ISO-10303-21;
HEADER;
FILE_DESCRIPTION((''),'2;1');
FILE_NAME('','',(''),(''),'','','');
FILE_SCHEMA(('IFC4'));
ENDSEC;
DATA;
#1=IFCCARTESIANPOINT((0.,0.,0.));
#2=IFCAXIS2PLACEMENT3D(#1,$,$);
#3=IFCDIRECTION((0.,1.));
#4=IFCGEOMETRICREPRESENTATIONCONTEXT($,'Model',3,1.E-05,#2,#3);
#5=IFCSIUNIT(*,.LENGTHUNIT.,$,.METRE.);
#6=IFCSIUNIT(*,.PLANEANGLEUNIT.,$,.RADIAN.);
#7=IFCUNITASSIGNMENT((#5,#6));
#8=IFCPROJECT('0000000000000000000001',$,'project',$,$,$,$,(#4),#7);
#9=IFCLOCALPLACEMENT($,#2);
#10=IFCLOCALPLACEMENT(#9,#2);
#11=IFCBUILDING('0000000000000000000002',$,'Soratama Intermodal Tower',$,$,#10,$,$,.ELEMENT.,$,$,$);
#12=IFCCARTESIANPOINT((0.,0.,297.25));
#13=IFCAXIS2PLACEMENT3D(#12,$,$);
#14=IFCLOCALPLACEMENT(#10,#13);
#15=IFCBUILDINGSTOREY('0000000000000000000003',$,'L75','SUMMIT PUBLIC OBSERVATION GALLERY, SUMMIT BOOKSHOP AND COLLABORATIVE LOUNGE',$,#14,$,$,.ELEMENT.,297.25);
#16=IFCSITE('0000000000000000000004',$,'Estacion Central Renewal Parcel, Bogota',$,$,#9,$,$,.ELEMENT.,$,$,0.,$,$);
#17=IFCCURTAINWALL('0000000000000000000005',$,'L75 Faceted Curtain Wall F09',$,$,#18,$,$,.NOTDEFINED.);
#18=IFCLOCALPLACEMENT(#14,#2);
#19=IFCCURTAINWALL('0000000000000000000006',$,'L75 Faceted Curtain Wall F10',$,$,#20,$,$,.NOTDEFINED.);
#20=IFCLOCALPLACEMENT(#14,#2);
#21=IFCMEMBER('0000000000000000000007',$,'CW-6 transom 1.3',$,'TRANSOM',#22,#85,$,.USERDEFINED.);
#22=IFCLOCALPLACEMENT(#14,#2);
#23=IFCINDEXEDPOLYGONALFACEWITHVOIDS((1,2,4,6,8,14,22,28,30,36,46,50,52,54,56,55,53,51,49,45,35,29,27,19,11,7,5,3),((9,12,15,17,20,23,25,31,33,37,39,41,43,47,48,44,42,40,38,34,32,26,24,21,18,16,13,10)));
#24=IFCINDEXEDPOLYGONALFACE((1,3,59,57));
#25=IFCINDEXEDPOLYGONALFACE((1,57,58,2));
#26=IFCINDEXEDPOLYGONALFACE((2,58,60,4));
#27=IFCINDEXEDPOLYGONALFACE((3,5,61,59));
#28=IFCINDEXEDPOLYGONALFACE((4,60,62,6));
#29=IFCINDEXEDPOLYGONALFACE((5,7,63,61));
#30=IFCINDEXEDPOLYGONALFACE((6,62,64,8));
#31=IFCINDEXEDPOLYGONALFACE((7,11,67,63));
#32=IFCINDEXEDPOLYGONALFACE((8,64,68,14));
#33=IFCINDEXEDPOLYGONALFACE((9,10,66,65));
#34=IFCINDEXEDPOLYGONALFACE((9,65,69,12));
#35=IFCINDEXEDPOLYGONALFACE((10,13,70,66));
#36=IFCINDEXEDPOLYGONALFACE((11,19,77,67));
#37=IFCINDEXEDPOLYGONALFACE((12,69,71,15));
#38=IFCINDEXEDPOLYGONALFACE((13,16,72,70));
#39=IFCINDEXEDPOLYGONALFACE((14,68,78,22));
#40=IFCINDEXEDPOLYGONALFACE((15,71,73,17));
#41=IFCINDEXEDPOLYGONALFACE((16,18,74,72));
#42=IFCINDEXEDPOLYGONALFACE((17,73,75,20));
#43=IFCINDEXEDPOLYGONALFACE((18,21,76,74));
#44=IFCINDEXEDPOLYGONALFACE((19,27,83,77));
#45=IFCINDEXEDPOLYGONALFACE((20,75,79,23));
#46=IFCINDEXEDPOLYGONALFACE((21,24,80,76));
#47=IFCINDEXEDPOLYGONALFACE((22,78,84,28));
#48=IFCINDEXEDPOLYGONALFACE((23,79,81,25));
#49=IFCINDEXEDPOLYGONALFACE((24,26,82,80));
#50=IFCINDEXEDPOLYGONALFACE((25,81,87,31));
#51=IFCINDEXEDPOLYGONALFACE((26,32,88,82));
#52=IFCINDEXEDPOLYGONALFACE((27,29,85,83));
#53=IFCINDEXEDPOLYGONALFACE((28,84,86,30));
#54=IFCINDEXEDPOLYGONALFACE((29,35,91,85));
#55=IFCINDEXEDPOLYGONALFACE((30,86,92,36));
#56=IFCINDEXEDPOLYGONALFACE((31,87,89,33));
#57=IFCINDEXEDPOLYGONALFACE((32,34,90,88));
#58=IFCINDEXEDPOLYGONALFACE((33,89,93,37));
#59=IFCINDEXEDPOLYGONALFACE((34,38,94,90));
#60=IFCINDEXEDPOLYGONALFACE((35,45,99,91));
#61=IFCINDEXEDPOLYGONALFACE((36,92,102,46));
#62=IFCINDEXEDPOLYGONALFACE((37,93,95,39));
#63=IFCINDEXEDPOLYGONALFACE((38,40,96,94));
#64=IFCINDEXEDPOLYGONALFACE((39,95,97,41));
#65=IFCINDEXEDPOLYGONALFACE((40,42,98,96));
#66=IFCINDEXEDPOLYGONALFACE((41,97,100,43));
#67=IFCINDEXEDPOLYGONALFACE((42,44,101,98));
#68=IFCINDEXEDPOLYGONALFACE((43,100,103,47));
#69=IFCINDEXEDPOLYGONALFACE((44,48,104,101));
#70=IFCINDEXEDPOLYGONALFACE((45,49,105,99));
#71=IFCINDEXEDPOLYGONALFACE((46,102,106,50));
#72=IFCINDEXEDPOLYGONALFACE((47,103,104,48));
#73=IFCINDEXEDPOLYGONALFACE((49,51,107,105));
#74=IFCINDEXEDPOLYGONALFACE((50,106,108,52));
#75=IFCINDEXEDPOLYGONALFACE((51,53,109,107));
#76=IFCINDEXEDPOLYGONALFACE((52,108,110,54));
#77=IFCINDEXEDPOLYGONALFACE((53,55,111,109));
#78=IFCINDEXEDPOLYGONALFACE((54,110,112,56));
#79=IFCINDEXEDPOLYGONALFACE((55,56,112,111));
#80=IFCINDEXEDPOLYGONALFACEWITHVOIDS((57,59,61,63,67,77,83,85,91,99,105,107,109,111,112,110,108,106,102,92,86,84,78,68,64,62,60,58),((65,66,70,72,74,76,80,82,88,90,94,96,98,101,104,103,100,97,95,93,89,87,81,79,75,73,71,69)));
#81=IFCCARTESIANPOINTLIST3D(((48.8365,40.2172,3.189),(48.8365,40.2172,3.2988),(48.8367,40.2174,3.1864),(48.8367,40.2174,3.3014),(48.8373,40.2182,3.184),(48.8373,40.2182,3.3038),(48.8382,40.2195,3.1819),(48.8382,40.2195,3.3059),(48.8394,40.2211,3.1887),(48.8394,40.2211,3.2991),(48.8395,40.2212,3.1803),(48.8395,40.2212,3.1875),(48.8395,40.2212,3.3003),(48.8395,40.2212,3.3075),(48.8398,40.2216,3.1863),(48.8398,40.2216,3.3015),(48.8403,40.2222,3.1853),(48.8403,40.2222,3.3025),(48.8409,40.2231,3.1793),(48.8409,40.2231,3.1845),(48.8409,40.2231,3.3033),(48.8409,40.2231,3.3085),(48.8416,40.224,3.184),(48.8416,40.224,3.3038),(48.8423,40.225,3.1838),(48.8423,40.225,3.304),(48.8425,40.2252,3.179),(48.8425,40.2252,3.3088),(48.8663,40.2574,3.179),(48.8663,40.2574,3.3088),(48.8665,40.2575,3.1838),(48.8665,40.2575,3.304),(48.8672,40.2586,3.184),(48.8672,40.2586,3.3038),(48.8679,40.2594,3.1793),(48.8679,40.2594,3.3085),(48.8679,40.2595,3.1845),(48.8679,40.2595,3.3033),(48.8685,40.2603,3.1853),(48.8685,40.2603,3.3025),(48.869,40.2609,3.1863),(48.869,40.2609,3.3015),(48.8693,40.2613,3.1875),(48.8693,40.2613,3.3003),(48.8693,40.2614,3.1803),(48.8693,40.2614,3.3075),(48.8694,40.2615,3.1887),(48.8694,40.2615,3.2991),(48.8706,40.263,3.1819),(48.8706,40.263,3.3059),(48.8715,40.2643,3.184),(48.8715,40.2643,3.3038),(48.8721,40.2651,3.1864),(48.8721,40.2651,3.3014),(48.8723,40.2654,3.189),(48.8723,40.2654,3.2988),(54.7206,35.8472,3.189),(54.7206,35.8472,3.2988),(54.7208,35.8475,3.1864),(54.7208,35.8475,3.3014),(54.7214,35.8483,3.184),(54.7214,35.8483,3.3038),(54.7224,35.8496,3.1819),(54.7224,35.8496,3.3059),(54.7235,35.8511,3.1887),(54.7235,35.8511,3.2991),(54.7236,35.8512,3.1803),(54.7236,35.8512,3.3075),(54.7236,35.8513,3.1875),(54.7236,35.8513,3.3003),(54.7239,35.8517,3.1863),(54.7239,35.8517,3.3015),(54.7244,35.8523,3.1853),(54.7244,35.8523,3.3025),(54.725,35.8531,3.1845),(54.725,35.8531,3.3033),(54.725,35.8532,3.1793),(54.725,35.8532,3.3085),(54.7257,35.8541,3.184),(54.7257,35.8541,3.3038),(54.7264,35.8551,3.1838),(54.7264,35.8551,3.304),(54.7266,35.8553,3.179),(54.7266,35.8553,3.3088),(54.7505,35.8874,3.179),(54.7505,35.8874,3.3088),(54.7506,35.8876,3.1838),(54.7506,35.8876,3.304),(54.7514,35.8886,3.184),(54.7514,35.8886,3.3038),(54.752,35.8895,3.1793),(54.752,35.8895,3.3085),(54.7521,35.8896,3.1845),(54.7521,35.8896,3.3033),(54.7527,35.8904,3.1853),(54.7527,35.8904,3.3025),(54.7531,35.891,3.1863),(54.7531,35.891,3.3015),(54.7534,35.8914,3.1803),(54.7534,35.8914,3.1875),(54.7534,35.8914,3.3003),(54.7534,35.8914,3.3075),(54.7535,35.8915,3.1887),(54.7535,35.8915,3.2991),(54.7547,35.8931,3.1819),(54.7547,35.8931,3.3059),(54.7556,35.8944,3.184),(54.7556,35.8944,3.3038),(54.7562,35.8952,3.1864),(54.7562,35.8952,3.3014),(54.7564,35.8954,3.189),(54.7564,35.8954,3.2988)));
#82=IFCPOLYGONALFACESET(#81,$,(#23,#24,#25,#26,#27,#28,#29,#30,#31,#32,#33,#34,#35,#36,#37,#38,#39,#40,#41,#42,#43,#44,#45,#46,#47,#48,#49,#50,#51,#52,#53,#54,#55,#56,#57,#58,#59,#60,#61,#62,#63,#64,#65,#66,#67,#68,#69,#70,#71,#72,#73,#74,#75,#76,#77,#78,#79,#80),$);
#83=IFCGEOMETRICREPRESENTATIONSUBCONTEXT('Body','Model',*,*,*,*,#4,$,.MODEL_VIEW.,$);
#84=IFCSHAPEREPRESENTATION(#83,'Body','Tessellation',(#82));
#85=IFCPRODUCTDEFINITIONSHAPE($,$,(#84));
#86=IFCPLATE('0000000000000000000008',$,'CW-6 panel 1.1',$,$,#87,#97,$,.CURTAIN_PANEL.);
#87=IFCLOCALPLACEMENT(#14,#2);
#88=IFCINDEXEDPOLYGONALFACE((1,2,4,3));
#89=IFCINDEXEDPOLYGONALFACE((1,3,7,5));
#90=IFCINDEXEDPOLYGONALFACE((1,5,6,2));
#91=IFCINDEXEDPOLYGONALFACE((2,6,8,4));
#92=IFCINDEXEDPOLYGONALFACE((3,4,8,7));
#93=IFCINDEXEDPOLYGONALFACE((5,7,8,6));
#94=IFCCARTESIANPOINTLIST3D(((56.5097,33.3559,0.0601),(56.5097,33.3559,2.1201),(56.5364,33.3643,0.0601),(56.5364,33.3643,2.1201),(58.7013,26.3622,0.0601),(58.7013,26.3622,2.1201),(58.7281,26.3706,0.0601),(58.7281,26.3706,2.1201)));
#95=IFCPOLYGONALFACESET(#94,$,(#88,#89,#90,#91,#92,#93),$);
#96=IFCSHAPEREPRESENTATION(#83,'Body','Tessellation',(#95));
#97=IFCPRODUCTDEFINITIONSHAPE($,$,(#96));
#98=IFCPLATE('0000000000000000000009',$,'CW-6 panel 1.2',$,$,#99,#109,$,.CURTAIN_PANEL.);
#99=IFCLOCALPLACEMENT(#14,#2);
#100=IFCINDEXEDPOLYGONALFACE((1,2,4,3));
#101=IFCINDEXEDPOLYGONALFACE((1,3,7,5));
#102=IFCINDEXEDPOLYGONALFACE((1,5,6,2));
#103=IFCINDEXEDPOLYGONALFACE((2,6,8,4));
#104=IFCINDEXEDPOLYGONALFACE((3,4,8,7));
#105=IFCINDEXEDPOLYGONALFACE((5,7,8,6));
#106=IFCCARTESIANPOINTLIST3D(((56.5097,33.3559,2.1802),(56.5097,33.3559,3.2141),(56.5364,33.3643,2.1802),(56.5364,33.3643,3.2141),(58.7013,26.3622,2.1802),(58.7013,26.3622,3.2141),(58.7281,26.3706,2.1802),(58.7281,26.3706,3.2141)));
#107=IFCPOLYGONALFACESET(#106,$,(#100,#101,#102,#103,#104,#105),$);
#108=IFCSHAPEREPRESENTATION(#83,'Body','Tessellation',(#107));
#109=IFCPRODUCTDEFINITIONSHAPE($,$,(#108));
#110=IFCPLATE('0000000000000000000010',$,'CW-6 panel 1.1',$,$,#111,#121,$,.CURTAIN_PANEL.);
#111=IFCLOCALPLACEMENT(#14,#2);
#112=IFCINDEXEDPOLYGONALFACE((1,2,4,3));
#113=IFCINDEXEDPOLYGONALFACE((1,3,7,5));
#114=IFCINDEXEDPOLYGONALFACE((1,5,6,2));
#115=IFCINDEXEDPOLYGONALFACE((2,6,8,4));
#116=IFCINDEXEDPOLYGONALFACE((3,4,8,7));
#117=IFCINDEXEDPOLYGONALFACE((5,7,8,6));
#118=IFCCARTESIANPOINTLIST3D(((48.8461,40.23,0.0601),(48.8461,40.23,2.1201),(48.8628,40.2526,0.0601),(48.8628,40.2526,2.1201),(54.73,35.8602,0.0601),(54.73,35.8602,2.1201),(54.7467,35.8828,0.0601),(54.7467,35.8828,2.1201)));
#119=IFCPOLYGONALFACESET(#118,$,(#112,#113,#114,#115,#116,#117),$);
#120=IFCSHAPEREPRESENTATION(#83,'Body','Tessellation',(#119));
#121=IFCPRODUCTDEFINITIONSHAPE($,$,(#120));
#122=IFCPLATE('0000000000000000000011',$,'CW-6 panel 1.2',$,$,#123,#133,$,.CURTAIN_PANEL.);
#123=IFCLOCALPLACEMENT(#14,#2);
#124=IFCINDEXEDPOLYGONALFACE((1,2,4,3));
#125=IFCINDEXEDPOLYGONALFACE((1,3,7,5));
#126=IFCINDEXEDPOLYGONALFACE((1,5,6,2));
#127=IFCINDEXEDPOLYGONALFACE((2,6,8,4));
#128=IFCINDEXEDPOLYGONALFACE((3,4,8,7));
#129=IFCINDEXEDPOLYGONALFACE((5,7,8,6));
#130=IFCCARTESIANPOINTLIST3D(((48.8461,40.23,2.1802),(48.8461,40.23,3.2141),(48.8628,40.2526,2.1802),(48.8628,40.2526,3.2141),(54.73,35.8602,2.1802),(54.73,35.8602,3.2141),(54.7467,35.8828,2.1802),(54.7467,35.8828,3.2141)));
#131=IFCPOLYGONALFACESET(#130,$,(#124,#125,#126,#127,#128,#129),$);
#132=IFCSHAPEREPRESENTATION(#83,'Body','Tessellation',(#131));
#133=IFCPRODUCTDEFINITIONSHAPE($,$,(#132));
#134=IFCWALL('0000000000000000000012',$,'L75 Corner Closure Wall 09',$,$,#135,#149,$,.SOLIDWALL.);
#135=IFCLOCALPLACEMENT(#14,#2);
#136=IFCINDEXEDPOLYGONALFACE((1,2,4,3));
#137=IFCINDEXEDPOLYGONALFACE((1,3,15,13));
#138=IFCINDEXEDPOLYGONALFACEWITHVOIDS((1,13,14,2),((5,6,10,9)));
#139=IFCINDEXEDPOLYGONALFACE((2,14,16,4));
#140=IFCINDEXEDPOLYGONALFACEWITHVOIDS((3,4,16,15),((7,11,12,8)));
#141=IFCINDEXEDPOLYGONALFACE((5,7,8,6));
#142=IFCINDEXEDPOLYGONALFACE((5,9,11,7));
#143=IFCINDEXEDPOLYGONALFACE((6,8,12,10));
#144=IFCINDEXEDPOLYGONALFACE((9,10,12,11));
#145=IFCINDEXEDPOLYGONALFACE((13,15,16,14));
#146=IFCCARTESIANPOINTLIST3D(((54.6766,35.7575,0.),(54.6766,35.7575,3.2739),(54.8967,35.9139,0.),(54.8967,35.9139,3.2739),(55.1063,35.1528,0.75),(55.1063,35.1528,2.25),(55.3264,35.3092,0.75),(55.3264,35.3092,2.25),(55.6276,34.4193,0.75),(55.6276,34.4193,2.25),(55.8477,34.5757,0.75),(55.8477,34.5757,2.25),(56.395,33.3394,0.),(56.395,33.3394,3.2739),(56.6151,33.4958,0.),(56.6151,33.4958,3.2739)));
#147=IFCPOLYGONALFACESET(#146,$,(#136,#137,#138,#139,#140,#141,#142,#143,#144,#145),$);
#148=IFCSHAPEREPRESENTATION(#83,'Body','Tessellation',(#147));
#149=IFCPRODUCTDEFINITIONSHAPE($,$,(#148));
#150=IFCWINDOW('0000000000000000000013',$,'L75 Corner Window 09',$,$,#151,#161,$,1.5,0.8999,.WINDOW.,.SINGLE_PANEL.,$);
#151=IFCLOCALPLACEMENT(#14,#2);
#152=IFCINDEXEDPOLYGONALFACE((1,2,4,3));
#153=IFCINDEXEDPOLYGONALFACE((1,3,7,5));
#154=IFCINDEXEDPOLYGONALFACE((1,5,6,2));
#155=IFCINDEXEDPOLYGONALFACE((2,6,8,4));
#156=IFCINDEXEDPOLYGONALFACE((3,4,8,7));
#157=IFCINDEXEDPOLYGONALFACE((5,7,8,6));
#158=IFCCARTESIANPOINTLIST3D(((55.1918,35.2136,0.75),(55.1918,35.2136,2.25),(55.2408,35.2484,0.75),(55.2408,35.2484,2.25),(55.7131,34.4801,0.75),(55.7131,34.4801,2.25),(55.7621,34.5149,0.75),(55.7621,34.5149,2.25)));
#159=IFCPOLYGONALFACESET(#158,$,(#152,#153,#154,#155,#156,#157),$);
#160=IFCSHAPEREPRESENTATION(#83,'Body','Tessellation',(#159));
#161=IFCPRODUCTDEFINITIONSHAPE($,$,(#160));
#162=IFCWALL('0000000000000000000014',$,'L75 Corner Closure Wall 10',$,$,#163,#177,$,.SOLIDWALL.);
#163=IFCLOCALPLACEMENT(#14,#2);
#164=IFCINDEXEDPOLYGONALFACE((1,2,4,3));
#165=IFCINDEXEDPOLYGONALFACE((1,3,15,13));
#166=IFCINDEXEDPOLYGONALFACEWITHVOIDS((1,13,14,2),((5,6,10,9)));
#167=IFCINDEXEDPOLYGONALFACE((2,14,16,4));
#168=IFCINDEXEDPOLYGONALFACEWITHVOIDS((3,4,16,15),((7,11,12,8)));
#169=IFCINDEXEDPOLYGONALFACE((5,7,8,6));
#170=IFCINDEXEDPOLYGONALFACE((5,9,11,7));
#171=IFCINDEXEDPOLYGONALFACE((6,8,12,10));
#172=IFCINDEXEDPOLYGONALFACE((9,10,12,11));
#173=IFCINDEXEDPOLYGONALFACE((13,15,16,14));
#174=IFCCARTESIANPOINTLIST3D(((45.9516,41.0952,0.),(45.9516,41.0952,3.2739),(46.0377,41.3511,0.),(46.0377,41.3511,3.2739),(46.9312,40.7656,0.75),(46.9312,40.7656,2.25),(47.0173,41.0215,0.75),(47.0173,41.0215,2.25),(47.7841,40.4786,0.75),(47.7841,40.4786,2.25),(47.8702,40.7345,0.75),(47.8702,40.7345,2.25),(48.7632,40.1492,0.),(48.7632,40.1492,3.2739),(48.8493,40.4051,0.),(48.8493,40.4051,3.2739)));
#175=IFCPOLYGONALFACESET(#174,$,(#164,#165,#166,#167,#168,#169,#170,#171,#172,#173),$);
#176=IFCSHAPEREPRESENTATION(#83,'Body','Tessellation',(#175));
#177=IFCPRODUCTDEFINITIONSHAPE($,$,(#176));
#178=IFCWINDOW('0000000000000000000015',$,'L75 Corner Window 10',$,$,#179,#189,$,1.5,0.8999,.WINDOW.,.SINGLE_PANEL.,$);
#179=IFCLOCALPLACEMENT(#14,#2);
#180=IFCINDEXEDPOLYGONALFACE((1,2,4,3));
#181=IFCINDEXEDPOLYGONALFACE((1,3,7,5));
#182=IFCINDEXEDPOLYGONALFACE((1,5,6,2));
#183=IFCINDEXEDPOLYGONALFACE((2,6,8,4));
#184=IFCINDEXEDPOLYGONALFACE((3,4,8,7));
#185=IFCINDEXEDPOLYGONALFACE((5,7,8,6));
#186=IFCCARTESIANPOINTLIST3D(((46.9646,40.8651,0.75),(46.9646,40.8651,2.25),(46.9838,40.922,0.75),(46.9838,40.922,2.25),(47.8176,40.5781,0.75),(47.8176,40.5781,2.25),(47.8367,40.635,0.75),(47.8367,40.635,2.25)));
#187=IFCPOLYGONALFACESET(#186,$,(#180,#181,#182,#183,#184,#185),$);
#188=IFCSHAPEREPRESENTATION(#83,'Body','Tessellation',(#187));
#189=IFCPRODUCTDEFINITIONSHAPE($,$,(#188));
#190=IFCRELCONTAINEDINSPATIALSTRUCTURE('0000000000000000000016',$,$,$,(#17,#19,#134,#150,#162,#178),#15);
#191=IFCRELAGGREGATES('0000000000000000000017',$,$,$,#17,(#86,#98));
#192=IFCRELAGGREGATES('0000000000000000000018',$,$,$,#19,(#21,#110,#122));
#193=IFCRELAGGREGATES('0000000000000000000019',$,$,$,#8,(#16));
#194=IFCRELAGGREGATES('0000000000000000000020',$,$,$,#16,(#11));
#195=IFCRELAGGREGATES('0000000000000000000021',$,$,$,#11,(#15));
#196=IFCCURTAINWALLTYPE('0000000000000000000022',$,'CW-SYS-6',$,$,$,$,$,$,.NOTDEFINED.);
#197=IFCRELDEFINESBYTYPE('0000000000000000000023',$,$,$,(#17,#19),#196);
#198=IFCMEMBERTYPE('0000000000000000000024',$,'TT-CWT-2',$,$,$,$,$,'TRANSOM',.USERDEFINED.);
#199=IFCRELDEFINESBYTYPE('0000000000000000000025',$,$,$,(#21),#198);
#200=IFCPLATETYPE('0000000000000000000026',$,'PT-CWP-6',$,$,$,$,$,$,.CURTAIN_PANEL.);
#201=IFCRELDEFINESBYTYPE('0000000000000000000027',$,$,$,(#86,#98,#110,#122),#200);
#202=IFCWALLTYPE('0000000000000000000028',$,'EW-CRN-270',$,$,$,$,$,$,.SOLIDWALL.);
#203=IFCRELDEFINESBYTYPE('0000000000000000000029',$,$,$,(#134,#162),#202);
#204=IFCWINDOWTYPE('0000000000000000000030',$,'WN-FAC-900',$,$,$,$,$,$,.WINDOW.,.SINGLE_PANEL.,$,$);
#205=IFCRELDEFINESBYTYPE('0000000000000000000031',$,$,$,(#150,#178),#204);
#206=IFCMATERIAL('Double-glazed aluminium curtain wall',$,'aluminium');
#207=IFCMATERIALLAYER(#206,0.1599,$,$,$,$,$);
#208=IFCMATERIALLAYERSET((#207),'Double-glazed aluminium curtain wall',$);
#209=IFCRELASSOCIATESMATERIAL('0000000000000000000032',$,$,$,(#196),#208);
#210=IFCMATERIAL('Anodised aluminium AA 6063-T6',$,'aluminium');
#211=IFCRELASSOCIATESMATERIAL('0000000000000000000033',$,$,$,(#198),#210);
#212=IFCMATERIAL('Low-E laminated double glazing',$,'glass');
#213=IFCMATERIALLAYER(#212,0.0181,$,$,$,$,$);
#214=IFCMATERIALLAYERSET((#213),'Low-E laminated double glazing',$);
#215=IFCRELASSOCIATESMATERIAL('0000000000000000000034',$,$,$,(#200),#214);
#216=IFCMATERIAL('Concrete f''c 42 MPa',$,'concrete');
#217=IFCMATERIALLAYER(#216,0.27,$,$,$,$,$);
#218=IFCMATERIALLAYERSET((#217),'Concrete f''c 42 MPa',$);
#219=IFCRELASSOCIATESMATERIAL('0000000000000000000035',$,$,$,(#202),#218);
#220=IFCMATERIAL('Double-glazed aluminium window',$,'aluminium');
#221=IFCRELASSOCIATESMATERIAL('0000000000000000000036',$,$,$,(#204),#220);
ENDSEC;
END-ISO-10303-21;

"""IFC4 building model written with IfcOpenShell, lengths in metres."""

from ifc_helpers import new_model, si_unit, direction, frame, frame_2d, origin, origin_2d, place, context, subcontext, project, spatial, rectangle, hollow_rectangle, extrude, material, layer, layer_set, material_profile, profile_set, type_object, element, fill, aggregate, save


model = new_model("IFC4")

# Units and contexts
model_context = context("Model", 3, precision=1e-05, world=origin(), true_north=direction((0.0, 1.0)))
body_context = subcontext(model_context, "Body", "Model", "MODEL_VIEW")
ifc_project = project(units=[si_unit("LENGTHUNIT", "METRE"), si_unit("PLANEANGLEUNIT", "RADIAN")], contexts=[model_context])

# Site, building, storey
site_placement = place(None, origin())
site = spatial("IfcSite", under=ifc_project, at=site_placement, Name="Estacion Central Renewal Parcel, Bogota", CompositionType="ELEMENT", RefElevation=0.0)
building_placement = place(site_placement, origin())
building = spatial("IfcBuilding", under=site, at=building_placement, Name="Soratama Intermodal Tower", CompositionType="ELEMENT")
storey_placement = place(building_placement, frame((0.0, 0.0, 297.25)))
storey = spatial("IfcBuildingStorey", under=building, at=storey_placement, Name="L75", Description="SUMMIT PUBLIC OBSERVATION GALLERY, SUMMIT BOOKSHOP AND COLLABORATIVE LOUNGE", CompositionType="ELEMENT", Elevation=297.25)

# Shared definitions
ifc_material_1 = material(Name="Double-glazed aluminium curtain wall", Category="aluminium")
ifc_layer_1 = layer(ifc_material_1, 0.1599)
ifc_layer_set_1 = layer_set([ifc_layer_1], Name="Double-glazed aluminium curtain wall")
curtain_wall_type = type_object("IfcCurtainWallType", Name="CW-SYS-6", PredefinedType="NOTDEFINED", material=ifc_layer_set_1)

# Curtain walls
curtain_wall_1_placement = place(storey_placement, origin())
curtain_wall_1 = element("IfcCurtainWall", 1, at=curtain_wall_1_placement, inside=storey, type_object=curtain_wall_type, Name="L75 Faceted Curtain Wall F09", PredefinedType="NOTDEFINED")
curtain_wall_2_placement = place(storey_placement, origin())
curtain_wall_2 = element("IfcCurtainWall", 2, at=curtain_wall_2_placement, inside=storey, type_object=curtain_wall_type, Name="L75 Faceted Curtain Wall F10", PredefinedType="NOTDEFINED")

# Member
ifc_material_2 = material(Name="Anodised aluminium AA 6063-T6", Category="aluminium")
ifc_material_profile_1 = material_profile(ifc_material_2, hollow_rectangle(XDim=0.0601, YDim=0.1299, WallThickness=0.0049, InnerFilletRadius=0.0049, OuterFilletRadius=0.01, at=origin_2d()), Name="CWT130X60X5")
ifc_profile_set_1 = profile_set([ifc_material_profile_1], Name="Anodised aluminium AA 6063-T6")
member_type_1 = type_object("IfcMemberType", Name="TT-CWT-2", ElementType="TRANSOM", PredefinedType="USERDEFINED", material=ifc_profile_set_1)
member_1_placement = place(storey_placement, frame((54.7385, 35.8713, 3.2439), z_axis=(-0.802817, 0.596225, 0.0), x_axis=(-0.596225, -0.802817, 0.0)))
member_1 = element("IfcMember", 3, at=member_1_placement, type_object=member_type_1, Name="CW-6 transom 1.3", ObjectType="TRANSOM", PredefinedType="USERDEFINED", context=body_context, shape_type="SweptSolid", body=[
    extrude(hollow_rectangle(XDim=0.0601, YDim=0.1299, WallThickness=0.0049, InnerFilletRadius=0.0049, OuterFilletRadius=0.01, at=origin_2d()), origin(), (0.0, 0.0, 1.0), 7.3293),
])

# Plates
ifc_material_3 = material(Name="Low-E laminated double glazing", Category="glass")
ifc_layer_2 = layer(ifc_material_3, 0.0181)
ifc_layer_set_2 = layer_set([ifc_layer_2], Name="Low-E laminated double glazing")
plate_type = type_object("IfcPlateType", Name="PT-CWP-6", PredefinedType="CURTAIN_PANEL", material=ifc_layer_set_2)
plate_1_placement = place(storey_placement, frame((57.6189, 29.8633, 0.0601), z_axis=(0.0, 0.0, 1.0), x_axis=(-0.29904, 0.954241, 0.0)))
plate_1 = element("IfcPlate", 4, at=plate_1_placement, type_object=plate_type, Name="CW-6 panel 1.1", PredefinedType="CURTAIN_PANEL", context=body_context, shape_type="SweptSolid", body=[
    extrude(rectangle(XDim=7.3291, YDim=0.0281, at=origin_2d()), origin(), (0.0, 0.0, 1.0), 2.0601),
])
plate_2_placement = place(storey_placement, frame((57.6189, 29.8633, 2.1802), z_axis=(0.0, 0.0, 1.0), x_axis=(-0.29904, 0.954241, 0.0)))
plate_2 = element("IfcPlate", 5, at=plate_2_placement, type_object=plate_type, Name="CW-6 panel 1.2", PredefinedType="CURTAIN_PANEL", context=body_context, shape_type="SweptSolid", body=[
    extrude(rectangle(XDim=7.3291, YDim=0.0281, at=origin_2d()), origin(), (0.0, 0.0, 1.0), 1.0339),
])
aggregate(curtain_wall_1, [plate_1, plate_2])
plate_3_placement = place(storey_placement, frame((51.7964, 38.0564, 0.0601), z_axis=(0.0, 0.0, 1.0), x_axis=(-0.802815, 0.596228, 0.0)))
plate_3 = element("IfcPlate", 6, at=plate_3_placement, type_object=plate_type, Name="CW-6 panel 1.1", PredefinedType="CURTAIN_PANEL", context=body_context, shape_type="SweptSolid", body=[
    extrude(rectangle(XDim=7.3291, YDim=0.0281, at=origin_2d()), origin(), (0.0, 0.0, 1.0), 2.0601),
])
plate_4_placement = place(storey_placement, frame((51.7964, 38.0564, 2.1802), z_axis=(0.0, 0.0, 1.0), x_axis=(-0.802815, 0.596228, 0.0)))
plate_4 = element("IfcPlate", 7, at=plate_4_placement, type_object=plate_type, Name="CW-6 panel 1.2", PredefinedType="CURTAIN_PANEL", context=body_context, shape_type="SweptSolid", body=[
    extrude(rectangle(XDim=7.3291, YDim=0.0281, at=origin_2d()), origin(), (0.0, 0.0, 1.0), 1.0339),
])
aggregate(curtain_wall_2, [member_1, plate_3, plate_4])

# Walls, openings, windows
ifc_material_4 = material(Name="Concrete f'c 42 MPa", Category="concrete")
ifc_layer_3 = layer(ifc_material_4, 0.27)
ifc_layer_set_3 = layer_set([ifc_layer_3], Name="Concrete f'c 42 MPa")
wall_type_1 = type_object("IfcWallType", Name="EW-CRN-270", PredefinedType="SOLIDWALL", material=ifc_layer_set_3)
wall_1_placement = place(storey_placement, frame((56.5051, 33.4175, 0.0), z_axis=(0.0, 0.0, 1.0), x_axis=(-0.579275, 0.815132, 0.0)))
wall_1 = element("IfcWall", 8, at=wall_1_placement, inside=storey, type_object=wall_type_1, Name="L75 Corner Closure Wall 09", PredefinedType="SOLIDWALL", context=body_context, shape_type="SweptSolid", body=[
    extrude(rectangle(XDim=2.9666, YDim=0.27, at=frame_2d((1.4834, 0.0))), origin(), (0.0, 0.0, 1.0), 3.2739),
])
opening_1_placement = place(wall_1_placement, frame((1.325, 0.0, 0.75)))
opening_1 = element("IfcOpeningElement", 9, at=opening_1_placement, cuts=wall_1, PredefinedType="OPENING", context=body_context, shape_type="SweptSolid", body=[
    extrude(rectangle(XDim=0.8999, YDim=1.5, at=frame_2d((0.45, 0.75))), frame((0.0, 0.145, 0.0), z_axis=(0.0, -1.0, 0.0), x_axis=(1.0, 0.0, 0.0)), (0.0, 0.0, 1.0), 0.29),
])
ifc_material_5 = material(Name="Double-glazed aluminium window", Category="aluminium")
window_type = type_object("IfcWindowType", Name="WN-FAC-900", PartitioningType="SINGLE_PANEL", PredefinedType="WINDOW", material=ifc_material_5)
window_1_placement = place(opening_1_placement, origin())
window_1 = element("IfcWindow", 10, at=window_1_placement, inside=storey, type_object=window_type, Name="L75 Corner Window 09", OverallHeight=1.5, OverallWidth=0.8999, PartitioningType="SINGLE_PANEL", PredefinedType="WINDOW", context=body_context, shape_type="SweptSolid", body=[
    extrude(rectangle(XDim=0.8999, YDim=1.5, at=frame_2d((0.45, 0.75))), frame((0.0, 0.03, 0.0), z_axis=(0.0, -1.0, 0.0), x_axis=(1.0, 0.0, 0.0)), (0.0, 0.0, 1.0), 0.0601),
])
fill(opening_1, window_1)
wall_2_placement = place(storey_placement, frame((48.8064, 40.2771, 0.0), z_axis=(0.0, 0.0, 1.0), x_axis=(-0.947791, 0.318893, 0.0)))
wall_2 = element("IfcWall", 11, at=wall_2_placement, inside=storey, type_object=wall_type_1, Name="L75 Corner Closure Wall 10", PredefinedType="SOLIDWALL", context=body_context, shape_type="SweptSolid", body=[
    extrude(rectangle(XDim=2.9666, YDim=0.27, at=frame_2d((1.4834, 0.0))), origin(), (0.0, 0.0, 1.0), 3.2739),
])
opening_2_placement = place(wall_2_placement, frame((1.0332, 0.0, 0.75)))
opening_2 = element("IfcOpeningElement", 12, at=opening_2_placement, cuts=wall_2, PredefinedType="OPENING", context=body_context, shape_type="SweptSolid", body=[
    extrude(rectangle(XDim=0.8999, YDim=1.5, at=frame_2d((0.45, 0.75))), frame((0.0, 0.145, 0.0), z_axis=(0.0, -1.0, 0.0), x_axis=(1.0, 0.0, 0.0)), (0.0, 0.0, 1.0), 0.29),
])
window_2_placement = place(opening_2_placement, origin())
window_2 = element("IfcWindow", 13, at=window_2_placement, inside=storey, type_object=window_type, Name="L75 Corner Window 10", OverallHeight=1.5, OverallWidth=0.8999, PartitioningType="SINGLE_PANEL", PredefinedType="WINDOW", context=body_context, shape_type="SweptSolid", body=[
    extrude(rectangle(XDim=0.8999, YDim=1.5, at=frame_2d((0.45, 0.75))), frame((0.0, 0.03, 0.0), z_axis=(0.0, -1.0, 0.0), x_axis=(1.0, 0.0, 0.0)), (0.0, 0.0, 1.0), 0.0601),
])
fill(opening_2, window_2)

save(model, "model.ifc")
